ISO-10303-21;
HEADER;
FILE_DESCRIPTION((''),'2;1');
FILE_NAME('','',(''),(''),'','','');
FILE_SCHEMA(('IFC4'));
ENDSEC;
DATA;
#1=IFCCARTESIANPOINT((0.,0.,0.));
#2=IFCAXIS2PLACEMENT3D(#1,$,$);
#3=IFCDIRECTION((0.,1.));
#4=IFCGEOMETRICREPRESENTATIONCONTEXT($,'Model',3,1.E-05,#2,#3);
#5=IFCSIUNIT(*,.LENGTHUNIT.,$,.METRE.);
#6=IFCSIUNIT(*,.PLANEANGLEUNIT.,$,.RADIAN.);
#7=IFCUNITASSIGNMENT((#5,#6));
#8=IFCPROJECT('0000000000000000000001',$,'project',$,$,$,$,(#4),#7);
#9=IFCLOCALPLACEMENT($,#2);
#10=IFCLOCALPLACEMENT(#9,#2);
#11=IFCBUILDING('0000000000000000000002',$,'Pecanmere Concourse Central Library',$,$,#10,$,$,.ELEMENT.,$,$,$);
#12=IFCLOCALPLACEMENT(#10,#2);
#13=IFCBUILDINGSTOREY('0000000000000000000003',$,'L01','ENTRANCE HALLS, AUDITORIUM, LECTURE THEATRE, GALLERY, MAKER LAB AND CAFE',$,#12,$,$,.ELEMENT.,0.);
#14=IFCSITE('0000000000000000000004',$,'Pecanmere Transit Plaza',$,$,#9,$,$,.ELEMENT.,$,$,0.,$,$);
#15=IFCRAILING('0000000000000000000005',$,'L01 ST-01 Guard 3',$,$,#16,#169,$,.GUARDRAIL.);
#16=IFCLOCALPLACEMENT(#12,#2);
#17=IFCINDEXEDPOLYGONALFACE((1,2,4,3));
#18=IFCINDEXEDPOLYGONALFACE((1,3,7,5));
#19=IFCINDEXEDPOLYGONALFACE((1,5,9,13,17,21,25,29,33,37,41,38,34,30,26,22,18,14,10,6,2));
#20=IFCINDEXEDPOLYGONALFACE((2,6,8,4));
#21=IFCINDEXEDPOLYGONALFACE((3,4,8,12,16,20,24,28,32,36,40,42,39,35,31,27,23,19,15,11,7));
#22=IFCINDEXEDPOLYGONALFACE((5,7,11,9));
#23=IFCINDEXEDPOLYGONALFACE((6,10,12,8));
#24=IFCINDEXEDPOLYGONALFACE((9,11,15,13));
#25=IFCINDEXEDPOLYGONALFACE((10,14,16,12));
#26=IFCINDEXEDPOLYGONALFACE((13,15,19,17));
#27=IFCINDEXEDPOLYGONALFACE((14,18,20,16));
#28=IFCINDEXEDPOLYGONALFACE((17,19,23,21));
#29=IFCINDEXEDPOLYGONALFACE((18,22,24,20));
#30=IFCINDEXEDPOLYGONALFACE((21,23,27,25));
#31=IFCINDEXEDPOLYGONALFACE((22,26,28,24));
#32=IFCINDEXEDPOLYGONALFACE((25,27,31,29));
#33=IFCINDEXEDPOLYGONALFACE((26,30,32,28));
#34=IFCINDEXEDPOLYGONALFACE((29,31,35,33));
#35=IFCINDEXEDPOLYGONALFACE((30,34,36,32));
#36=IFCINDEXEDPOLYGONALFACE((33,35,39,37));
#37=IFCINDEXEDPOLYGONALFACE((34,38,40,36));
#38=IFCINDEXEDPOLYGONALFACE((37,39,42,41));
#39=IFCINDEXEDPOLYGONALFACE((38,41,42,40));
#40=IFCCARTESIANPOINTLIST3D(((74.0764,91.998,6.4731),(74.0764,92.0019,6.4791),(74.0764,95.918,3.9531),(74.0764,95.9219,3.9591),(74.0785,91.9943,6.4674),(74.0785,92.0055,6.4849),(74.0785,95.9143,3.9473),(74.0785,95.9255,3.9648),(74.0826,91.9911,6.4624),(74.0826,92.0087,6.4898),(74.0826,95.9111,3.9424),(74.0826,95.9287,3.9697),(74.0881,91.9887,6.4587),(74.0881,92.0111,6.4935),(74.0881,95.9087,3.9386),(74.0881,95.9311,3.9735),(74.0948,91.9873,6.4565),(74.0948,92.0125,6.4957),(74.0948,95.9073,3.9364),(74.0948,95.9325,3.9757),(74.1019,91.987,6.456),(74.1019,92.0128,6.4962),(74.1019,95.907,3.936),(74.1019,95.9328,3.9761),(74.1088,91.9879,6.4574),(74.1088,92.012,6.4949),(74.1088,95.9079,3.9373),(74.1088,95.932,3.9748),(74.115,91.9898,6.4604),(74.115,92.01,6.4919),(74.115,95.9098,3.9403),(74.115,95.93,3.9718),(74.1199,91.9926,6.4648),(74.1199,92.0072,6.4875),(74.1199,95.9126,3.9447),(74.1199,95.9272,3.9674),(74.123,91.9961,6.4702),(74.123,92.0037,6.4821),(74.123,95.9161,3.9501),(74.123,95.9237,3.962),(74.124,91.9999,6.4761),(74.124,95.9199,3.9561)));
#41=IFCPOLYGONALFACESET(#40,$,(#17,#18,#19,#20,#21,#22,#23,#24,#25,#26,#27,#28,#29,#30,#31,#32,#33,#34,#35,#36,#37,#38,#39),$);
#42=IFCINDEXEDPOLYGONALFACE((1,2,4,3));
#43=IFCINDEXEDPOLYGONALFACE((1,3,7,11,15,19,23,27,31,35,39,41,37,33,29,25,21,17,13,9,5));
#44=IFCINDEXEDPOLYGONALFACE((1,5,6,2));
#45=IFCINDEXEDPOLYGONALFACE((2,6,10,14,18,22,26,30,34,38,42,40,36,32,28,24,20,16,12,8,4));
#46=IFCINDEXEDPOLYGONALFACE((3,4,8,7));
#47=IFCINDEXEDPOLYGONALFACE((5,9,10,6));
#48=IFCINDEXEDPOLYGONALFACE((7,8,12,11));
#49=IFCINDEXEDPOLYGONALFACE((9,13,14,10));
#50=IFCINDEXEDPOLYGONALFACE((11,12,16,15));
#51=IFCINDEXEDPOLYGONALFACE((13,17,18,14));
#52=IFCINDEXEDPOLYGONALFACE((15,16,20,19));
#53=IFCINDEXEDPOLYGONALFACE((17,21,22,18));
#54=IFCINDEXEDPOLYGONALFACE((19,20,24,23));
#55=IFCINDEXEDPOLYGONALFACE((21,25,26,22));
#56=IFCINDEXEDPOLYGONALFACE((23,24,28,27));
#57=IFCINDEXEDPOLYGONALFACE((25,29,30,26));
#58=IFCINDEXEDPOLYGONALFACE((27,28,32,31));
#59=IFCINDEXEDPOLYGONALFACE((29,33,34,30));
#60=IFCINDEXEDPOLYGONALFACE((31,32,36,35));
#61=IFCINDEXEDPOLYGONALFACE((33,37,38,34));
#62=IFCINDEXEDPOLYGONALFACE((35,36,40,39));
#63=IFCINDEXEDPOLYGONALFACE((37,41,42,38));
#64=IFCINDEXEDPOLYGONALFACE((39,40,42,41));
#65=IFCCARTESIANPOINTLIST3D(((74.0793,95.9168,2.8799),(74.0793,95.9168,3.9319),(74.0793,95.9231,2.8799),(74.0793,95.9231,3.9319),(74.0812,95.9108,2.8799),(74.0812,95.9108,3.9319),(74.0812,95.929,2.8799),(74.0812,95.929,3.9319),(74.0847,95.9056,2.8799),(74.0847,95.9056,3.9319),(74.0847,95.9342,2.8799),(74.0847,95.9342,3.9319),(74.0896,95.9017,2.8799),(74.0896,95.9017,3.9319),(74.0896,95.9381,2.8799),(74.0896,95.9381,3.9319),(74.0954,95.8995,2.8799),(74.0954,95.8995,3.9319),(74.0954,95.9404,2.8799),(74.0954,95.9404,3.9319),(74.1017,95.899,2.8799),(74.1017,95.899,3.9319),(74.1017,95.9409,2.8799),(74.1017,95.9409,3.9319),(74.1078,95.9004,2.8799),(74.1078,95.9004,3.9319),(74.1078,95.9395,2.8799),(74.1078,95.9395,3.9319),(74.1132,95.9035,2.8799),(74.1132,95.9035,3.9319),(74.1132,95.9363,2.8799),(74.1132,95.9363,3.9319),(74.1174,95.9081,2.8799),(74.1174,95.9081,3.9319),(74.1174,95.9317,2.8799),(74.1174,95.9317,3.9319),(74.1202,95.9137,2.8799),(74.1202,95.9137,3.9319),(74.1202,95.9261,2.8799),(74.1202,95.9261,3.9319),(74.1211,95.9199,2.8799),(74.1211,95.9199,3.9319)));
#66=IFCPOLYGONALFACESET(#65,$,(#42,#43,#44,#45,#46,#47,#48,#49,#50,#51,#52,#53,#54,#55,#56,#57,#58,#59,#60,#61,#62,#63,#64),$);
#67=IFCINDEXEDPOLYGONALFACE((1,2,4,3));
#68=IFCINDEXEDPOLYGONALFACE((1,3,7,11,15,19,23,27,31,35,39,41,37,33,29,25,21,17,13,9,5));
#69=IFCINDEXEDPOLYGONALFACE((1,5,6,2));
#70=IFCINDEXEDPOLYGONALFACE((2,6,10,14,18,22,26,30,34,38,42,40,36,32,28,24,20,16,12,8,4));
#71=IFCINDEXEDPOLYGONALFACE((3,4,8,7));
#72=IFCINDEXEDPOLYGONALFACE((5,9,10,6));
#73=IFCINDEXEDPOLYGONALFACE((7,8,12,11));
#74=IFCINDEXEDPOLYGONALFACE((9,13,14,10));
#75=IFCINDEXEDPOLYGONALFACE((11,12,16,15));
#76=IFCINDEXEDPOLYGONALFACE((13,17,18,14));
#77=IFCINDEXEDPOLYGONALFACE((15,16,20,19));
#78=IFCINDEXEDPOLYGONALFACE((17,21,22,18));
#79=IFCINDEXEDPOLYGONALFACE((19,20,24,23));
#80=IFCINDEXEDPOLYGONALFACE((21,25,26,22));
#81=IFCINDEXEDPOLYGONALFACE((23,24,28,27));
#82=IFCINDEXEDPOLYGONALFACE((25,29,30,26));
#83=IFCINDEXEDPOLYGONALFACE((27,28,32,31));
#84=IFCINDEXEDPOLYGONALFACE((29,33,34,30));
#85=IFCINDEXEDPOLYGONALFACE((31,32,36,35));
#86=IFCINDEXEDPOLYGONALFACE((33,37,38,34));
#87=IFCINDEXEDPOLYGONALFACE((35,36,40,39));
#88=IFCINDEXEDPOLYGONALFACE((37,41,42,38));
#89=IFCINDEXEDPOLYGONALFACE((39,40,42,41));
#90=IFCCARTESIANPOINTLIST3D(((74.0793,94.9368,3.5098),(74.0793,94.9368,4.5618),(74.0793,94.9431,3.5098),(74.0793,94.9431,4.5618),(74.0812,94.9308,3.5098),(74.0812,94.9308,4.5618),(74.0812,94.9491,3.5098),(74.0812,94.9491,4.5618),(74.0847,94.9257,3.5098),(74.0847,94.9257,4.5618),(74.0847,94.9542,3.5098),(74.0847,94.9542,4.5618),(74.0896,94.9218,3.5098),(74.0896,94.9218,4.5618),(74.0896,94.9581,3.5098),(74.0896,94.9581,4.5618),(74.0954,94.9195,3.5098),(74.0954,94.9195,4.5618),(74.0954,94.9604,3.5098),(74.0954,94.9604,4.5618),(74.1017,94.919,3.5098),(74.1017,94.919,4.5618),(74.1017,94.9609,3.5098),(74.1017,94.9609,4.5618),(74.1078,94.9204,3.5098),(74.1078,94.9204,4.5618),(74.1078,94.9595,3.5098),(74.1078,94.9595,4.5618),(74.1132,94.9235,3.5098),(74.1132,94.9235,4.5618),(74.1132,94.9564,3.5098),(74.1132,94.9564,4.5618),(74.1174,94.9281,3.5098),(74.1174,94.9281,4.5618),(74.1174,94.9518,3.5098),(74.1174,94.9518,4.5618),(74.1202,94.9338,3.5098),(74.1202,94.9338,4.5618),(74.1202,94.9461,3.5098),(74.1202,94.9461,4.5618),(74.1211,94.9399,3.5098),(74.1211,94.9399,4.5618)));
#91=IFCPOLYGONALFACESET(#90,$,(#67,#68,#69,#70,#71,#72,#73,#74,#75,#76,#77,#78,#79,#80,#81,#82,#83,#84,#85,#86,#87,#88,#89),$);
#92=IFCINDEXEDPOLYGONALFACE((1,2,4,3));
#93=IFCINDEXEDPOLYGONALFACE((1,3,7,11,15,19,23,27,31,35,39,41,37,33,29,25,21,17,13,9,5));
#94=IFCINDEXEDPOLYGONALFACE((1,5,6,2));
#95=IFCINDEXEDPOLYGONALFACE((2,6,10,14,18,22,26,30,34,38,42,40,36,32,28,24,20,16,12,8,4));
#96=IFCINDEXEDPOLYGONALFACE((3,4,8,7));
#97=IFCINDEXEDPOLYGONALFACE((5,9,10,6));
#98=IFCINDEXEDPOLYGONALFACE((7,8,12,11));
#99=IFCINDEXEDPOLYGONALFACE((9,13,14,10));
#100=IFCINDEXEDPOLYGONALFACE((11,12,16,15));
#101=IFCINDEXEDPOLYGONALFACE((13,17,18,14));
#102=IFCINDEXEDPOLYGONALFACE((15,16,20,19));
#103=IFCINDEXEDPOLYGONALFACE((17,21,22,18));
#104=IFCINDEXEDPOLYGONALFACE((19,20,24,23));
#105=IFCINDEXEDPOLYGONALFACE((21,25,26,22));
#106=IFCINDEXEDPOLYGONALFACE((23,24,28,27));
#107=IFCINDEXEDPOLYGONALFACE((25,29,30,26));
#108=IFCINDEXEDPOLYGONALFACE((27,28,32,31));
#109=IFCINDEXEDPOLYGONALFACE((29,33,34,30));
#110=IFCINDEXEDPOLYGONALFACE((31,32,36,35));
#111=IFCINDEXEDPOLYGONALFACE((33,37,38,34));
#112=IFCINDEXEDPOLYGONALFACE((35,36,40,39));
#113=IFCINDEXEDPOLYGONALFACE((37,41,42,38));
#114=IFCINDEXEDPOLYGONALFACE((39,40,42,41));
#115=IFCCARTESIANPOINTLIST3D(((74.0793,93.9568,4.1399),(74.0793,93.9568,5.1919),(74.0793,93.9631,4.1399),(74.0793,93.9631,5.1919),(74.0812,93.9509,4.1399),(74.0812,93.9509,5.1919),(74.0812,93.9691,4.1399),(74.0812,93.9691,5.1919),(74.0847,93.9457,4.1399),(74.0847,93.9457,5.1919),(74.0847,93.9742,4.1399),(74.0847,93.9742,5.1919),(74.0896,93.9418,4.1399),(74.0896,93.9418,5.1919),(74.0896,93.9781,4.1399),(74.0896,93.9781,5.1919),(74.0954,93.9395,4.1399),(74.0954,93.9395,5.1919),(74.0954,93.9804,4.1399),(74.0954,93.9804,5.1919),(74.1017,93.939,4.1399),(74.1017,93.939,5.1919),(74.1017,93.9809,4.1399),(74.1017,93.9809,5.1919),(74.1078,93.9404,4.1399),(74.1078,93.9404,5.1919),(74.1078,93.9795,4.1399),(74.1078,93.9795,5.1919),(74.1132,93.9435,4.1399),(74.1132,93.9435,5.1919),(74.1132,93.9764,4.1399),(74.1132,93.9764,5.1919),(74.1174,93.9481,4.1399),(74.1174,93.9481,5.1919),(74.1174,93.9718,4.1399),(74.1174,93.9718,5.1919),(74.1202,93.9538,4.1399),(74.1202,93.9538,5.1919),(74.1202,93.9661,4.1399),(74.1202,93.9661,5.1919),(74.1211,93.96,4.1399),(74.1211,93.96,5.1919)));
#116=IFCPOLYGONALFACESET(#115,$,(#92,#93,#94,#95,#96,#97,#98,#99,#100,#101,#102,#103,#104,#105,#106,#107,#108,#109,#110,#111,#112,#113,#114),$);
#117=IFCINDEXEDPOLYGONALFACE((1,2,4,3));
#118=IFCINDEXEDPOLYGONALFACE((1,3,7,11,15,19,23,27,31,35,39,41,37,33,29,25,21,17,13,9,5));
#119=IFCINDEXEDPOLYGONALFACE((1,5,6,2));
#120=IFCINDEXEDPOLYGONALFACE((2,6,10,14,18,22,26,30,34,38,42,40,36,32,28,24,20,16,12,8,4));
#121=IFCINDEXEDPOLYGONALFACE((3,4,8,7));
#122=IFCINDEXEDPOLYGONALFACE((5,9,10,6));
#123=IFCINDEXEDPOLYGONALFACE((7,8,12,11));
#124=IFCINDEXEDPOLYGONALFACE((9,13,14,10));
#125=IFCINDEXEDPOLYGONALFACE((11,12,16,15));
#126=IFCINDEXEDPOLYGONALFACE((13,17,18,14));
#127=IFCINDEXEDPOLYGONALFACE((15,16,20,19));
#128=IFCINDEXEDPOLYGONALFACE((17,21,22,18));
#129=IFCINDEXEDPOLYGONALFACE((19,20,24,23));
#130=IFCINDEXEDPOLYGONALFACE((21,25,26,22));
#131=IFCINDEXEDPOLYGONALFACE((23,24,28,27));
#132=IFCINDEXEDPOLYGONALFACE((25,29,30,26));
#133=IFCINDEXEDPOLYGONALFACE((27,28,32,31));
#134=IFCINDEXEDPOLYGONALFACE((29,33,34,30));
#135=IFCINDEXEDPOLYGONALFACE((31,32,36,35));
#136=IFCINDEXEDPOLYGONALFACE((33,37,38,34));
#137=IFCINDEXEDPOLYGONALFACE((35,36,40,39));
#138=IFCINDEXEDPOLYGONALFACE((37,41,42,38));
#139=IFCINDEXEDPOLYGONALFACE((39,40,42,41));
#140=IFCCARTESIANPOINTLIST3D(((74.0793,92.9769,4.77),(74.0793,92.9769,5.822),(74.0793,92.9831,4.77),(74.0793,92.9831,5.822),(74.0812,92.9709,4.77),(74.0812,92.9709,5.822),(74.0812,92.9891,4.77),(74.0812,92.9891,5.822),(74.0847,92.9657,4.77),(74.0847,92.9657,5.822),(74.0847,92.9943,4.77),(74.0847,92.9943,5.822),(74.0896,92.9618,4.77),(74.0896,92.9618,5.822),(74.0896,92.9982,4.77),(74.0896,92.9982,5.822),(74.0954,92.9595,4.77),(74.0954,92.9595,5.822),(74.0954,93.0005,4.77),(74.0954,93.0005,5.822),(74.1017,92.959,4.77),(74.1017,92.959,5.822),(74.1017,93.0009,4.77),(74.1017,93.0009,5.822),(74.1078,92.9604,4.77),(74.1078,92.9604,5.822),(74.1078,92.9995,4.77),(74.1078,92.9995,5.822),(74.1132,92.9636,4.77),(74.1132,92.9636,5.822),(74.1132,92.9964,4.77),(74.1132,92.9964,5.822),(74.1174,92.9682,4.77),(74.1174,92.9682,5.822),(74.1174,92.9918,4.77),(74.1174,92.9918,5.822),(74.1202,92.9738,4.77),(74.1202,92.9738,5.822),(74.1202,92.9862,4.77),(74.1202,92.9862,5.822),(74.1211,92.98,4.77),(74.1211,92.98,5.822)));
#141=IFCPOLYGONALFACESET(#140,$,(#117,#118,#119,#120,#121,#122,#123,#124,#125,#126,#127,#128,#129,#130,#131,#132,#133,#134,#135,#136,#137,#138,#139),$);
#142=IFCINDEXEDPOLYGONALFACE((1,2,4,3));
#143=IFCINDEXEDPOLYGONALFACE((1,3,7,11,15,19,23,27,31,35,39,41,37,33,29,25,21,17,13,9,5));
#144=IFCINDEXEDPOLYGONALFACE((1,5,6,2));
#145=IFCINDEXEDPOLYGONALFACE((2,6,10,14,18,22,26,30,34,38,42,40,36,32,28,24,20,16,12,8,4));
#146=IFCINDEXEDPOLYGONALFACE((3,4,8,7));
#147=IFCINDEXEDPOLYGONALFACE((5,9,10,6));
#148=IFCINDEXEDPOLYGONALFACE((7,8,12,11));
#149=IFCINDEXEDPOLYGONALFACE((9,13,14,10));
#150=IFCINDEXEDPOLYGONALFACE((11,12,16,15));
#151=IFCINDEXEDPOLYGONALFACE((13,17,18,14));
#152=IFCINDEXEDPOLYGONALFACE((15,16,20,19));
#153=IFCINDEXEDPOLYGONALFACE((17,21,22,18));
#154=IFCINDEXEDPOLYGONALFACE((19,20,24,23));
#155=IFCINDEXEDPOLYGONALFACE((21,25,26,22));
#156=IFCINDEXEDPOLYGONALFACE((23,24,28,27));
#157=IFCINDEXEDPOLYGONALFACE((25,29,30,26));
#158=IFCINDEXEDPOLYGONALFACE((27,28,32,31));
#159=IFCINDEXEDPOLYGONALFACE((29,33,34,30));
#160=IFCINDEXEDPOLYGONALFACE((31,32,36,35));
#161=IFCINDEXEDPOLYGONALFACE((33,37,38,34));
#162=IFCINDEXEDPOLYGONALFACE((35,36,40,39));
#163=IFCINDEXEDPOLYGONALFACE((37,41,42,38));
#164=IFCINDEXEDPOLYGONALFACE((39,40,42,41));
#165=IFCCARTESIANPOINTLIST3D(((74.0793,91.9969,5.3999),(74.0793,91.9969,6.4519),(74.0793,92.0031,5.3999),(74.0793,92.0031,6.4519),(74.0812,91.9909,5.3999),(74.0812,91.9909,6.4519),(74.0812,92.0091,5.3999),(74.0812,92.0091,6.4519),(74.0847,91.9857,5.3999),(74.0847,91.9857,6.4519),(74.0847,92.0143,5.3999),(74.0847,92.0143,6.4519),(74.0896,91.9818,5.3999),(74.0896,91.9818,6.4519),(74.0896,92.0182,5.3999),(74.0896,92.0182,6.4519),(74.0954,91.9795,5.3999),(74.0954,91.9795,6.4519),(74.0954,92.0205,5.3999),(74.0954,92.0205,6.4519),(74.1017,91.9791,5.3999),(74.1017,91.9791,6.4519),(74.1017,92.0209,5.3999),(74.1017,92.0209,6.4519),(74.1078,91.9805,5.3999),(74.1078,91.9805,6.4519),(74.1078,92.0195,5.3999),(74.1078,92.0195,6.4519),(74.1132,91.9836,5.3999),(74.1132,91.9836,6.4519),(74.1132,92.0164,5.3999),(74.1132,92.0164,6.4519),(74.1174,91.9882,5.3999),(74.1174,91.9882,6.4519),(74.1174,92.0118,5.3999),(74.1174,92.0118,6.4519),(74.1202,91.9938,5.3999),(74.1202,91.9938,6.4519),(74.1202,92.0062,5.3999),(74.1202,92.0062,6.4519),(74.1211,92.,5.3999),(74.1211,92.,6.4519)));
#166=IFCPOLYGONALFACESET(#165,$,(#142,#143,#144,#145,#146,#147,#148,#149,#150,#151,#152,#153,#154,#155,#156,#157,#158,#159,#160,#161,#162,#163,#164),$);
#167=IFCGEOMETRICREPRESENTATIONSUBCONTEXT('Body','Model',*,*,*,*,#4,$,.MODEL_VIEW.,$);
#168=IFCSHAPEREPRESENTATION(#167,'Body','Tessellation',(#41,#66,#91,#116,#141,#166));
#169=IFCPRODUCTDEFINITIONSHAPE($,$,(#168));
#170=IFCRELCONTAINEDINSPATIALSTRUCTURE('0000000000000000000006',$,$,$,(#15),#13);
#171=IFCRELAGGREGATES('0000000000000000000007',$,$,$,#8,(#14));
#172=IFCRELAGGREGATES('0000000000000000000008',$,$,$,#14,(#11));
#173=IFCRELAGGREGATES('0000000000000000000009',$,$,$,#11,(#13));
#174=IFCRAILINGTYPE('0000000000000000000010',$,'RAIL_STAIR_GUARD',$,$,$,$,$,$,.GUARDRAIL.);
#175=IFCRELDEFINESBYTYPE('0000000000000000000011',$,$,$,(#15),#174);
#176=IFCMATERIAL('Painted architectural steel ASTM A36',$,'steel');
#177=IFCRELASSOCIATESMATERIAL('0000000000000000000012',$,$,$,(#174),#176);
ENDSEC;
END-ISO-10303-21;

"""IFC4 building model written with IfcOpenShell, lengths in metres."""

from ifc_helpers import new_model, si_unit, direction, frame, origin, origin_2d, place, context, subcontext, project, spatial, circle, extrude, material, type_object, element, save


model = new_model("IFC4")

# Units and contexts
model_context = context("Model", 3, precision=1e-05, world=origin(), true_north=direction((0.0, 1.0)))
body_context = subcontext(model_context, "Body", "Model", "MODEL_VIEW")
ifc_project = project(units=[si_unit("LENGTHUNIT", "METRE"), si_unit("PLANEANGLEUNIT", "RADIAN")], contexts=[model_context])

# Site, building, storey
site_placement = place(None, origin())
site = spatial("IfcSite", under=ifc_project, at=site_placement, Name="Pecanmere Transit Plaza", CompositionType="ELEMENT", RefElevation=0.0)
building_placement = place(site_placement, origin())
building = spatial("IfcBuilding", under=site, at=building_placement, Name="Pecanmere Concourse Central Library", CompositionType="ELEMENT")
storey_placement = place(building_placement, origin())
storey = spatial("IfcBuildingStorey", under=building, at=storey_placement, Name="L01", Description="ENTRANCE HALLS, AUDITORIUM, LECTURE THEATRE, GALLERY, MAKER LAB AND CAFE", CompositionType="ELEMENT", Elevation=0.0)

# Railing
ifc_material_1 = material(Name="Painted architectural steel ASTM A36", Category="steel")
railing_type_1 = type_object("IfcRailingType", Name="RAIL_STAIR_GUARD", PredefinedType="GUARDRAIL", material=ifc_material_1)
railing_1_placement = place(storey_placement, frame((74.1001, 95.9199, 2.8799)))
element("IfcRailing", 1, at=railing_1_placement, inside=storey, type_object=railing_type_1, Name="L01 ST-01 Guard 3", PredefinedType="GUARDRAIL", context=body_context, shape_type="SweptSolid", body=[
    extrude(circle(Radius=0.0239, at=origin_2d()), frame((0.0, 0.0, 1.0762), z_axis=(0.0, -0.841172, 0.540768), x_axis=(1.0, 0.0, 0.0)), (0.0, 0.0, 1.0), 4.6602),
    extrude(circle(Radius=0.021, at=origin_2d()), origin(), (0.0, 0.0, 1.0), 1.052),
    extrude(circle(Radius=0.021, at=origin_2d()), frame((0.0, -0.98, 0.6299)), (0.0, 0.0, 1.0), 1.052),
    extrude(circle(Radius=0.021, at=origin_2d()), frame((0.0, -1.96, 1.26)), (0.0, 0.0, 1.0), 1.052),
    extrude(circle(Radius=0.021, at=origin_2d()), frame((0.0, -2.9399, 1.8901)), (0.0, 0.0, 1.0), 1.052),
    extrude(circle(Radius=0.021, at=origin_2d()), frame((0.0, -3.9199, 2.52)), (0.0, 0.0, 1.0), 1.052),
])

save(model, "model.ifc")
